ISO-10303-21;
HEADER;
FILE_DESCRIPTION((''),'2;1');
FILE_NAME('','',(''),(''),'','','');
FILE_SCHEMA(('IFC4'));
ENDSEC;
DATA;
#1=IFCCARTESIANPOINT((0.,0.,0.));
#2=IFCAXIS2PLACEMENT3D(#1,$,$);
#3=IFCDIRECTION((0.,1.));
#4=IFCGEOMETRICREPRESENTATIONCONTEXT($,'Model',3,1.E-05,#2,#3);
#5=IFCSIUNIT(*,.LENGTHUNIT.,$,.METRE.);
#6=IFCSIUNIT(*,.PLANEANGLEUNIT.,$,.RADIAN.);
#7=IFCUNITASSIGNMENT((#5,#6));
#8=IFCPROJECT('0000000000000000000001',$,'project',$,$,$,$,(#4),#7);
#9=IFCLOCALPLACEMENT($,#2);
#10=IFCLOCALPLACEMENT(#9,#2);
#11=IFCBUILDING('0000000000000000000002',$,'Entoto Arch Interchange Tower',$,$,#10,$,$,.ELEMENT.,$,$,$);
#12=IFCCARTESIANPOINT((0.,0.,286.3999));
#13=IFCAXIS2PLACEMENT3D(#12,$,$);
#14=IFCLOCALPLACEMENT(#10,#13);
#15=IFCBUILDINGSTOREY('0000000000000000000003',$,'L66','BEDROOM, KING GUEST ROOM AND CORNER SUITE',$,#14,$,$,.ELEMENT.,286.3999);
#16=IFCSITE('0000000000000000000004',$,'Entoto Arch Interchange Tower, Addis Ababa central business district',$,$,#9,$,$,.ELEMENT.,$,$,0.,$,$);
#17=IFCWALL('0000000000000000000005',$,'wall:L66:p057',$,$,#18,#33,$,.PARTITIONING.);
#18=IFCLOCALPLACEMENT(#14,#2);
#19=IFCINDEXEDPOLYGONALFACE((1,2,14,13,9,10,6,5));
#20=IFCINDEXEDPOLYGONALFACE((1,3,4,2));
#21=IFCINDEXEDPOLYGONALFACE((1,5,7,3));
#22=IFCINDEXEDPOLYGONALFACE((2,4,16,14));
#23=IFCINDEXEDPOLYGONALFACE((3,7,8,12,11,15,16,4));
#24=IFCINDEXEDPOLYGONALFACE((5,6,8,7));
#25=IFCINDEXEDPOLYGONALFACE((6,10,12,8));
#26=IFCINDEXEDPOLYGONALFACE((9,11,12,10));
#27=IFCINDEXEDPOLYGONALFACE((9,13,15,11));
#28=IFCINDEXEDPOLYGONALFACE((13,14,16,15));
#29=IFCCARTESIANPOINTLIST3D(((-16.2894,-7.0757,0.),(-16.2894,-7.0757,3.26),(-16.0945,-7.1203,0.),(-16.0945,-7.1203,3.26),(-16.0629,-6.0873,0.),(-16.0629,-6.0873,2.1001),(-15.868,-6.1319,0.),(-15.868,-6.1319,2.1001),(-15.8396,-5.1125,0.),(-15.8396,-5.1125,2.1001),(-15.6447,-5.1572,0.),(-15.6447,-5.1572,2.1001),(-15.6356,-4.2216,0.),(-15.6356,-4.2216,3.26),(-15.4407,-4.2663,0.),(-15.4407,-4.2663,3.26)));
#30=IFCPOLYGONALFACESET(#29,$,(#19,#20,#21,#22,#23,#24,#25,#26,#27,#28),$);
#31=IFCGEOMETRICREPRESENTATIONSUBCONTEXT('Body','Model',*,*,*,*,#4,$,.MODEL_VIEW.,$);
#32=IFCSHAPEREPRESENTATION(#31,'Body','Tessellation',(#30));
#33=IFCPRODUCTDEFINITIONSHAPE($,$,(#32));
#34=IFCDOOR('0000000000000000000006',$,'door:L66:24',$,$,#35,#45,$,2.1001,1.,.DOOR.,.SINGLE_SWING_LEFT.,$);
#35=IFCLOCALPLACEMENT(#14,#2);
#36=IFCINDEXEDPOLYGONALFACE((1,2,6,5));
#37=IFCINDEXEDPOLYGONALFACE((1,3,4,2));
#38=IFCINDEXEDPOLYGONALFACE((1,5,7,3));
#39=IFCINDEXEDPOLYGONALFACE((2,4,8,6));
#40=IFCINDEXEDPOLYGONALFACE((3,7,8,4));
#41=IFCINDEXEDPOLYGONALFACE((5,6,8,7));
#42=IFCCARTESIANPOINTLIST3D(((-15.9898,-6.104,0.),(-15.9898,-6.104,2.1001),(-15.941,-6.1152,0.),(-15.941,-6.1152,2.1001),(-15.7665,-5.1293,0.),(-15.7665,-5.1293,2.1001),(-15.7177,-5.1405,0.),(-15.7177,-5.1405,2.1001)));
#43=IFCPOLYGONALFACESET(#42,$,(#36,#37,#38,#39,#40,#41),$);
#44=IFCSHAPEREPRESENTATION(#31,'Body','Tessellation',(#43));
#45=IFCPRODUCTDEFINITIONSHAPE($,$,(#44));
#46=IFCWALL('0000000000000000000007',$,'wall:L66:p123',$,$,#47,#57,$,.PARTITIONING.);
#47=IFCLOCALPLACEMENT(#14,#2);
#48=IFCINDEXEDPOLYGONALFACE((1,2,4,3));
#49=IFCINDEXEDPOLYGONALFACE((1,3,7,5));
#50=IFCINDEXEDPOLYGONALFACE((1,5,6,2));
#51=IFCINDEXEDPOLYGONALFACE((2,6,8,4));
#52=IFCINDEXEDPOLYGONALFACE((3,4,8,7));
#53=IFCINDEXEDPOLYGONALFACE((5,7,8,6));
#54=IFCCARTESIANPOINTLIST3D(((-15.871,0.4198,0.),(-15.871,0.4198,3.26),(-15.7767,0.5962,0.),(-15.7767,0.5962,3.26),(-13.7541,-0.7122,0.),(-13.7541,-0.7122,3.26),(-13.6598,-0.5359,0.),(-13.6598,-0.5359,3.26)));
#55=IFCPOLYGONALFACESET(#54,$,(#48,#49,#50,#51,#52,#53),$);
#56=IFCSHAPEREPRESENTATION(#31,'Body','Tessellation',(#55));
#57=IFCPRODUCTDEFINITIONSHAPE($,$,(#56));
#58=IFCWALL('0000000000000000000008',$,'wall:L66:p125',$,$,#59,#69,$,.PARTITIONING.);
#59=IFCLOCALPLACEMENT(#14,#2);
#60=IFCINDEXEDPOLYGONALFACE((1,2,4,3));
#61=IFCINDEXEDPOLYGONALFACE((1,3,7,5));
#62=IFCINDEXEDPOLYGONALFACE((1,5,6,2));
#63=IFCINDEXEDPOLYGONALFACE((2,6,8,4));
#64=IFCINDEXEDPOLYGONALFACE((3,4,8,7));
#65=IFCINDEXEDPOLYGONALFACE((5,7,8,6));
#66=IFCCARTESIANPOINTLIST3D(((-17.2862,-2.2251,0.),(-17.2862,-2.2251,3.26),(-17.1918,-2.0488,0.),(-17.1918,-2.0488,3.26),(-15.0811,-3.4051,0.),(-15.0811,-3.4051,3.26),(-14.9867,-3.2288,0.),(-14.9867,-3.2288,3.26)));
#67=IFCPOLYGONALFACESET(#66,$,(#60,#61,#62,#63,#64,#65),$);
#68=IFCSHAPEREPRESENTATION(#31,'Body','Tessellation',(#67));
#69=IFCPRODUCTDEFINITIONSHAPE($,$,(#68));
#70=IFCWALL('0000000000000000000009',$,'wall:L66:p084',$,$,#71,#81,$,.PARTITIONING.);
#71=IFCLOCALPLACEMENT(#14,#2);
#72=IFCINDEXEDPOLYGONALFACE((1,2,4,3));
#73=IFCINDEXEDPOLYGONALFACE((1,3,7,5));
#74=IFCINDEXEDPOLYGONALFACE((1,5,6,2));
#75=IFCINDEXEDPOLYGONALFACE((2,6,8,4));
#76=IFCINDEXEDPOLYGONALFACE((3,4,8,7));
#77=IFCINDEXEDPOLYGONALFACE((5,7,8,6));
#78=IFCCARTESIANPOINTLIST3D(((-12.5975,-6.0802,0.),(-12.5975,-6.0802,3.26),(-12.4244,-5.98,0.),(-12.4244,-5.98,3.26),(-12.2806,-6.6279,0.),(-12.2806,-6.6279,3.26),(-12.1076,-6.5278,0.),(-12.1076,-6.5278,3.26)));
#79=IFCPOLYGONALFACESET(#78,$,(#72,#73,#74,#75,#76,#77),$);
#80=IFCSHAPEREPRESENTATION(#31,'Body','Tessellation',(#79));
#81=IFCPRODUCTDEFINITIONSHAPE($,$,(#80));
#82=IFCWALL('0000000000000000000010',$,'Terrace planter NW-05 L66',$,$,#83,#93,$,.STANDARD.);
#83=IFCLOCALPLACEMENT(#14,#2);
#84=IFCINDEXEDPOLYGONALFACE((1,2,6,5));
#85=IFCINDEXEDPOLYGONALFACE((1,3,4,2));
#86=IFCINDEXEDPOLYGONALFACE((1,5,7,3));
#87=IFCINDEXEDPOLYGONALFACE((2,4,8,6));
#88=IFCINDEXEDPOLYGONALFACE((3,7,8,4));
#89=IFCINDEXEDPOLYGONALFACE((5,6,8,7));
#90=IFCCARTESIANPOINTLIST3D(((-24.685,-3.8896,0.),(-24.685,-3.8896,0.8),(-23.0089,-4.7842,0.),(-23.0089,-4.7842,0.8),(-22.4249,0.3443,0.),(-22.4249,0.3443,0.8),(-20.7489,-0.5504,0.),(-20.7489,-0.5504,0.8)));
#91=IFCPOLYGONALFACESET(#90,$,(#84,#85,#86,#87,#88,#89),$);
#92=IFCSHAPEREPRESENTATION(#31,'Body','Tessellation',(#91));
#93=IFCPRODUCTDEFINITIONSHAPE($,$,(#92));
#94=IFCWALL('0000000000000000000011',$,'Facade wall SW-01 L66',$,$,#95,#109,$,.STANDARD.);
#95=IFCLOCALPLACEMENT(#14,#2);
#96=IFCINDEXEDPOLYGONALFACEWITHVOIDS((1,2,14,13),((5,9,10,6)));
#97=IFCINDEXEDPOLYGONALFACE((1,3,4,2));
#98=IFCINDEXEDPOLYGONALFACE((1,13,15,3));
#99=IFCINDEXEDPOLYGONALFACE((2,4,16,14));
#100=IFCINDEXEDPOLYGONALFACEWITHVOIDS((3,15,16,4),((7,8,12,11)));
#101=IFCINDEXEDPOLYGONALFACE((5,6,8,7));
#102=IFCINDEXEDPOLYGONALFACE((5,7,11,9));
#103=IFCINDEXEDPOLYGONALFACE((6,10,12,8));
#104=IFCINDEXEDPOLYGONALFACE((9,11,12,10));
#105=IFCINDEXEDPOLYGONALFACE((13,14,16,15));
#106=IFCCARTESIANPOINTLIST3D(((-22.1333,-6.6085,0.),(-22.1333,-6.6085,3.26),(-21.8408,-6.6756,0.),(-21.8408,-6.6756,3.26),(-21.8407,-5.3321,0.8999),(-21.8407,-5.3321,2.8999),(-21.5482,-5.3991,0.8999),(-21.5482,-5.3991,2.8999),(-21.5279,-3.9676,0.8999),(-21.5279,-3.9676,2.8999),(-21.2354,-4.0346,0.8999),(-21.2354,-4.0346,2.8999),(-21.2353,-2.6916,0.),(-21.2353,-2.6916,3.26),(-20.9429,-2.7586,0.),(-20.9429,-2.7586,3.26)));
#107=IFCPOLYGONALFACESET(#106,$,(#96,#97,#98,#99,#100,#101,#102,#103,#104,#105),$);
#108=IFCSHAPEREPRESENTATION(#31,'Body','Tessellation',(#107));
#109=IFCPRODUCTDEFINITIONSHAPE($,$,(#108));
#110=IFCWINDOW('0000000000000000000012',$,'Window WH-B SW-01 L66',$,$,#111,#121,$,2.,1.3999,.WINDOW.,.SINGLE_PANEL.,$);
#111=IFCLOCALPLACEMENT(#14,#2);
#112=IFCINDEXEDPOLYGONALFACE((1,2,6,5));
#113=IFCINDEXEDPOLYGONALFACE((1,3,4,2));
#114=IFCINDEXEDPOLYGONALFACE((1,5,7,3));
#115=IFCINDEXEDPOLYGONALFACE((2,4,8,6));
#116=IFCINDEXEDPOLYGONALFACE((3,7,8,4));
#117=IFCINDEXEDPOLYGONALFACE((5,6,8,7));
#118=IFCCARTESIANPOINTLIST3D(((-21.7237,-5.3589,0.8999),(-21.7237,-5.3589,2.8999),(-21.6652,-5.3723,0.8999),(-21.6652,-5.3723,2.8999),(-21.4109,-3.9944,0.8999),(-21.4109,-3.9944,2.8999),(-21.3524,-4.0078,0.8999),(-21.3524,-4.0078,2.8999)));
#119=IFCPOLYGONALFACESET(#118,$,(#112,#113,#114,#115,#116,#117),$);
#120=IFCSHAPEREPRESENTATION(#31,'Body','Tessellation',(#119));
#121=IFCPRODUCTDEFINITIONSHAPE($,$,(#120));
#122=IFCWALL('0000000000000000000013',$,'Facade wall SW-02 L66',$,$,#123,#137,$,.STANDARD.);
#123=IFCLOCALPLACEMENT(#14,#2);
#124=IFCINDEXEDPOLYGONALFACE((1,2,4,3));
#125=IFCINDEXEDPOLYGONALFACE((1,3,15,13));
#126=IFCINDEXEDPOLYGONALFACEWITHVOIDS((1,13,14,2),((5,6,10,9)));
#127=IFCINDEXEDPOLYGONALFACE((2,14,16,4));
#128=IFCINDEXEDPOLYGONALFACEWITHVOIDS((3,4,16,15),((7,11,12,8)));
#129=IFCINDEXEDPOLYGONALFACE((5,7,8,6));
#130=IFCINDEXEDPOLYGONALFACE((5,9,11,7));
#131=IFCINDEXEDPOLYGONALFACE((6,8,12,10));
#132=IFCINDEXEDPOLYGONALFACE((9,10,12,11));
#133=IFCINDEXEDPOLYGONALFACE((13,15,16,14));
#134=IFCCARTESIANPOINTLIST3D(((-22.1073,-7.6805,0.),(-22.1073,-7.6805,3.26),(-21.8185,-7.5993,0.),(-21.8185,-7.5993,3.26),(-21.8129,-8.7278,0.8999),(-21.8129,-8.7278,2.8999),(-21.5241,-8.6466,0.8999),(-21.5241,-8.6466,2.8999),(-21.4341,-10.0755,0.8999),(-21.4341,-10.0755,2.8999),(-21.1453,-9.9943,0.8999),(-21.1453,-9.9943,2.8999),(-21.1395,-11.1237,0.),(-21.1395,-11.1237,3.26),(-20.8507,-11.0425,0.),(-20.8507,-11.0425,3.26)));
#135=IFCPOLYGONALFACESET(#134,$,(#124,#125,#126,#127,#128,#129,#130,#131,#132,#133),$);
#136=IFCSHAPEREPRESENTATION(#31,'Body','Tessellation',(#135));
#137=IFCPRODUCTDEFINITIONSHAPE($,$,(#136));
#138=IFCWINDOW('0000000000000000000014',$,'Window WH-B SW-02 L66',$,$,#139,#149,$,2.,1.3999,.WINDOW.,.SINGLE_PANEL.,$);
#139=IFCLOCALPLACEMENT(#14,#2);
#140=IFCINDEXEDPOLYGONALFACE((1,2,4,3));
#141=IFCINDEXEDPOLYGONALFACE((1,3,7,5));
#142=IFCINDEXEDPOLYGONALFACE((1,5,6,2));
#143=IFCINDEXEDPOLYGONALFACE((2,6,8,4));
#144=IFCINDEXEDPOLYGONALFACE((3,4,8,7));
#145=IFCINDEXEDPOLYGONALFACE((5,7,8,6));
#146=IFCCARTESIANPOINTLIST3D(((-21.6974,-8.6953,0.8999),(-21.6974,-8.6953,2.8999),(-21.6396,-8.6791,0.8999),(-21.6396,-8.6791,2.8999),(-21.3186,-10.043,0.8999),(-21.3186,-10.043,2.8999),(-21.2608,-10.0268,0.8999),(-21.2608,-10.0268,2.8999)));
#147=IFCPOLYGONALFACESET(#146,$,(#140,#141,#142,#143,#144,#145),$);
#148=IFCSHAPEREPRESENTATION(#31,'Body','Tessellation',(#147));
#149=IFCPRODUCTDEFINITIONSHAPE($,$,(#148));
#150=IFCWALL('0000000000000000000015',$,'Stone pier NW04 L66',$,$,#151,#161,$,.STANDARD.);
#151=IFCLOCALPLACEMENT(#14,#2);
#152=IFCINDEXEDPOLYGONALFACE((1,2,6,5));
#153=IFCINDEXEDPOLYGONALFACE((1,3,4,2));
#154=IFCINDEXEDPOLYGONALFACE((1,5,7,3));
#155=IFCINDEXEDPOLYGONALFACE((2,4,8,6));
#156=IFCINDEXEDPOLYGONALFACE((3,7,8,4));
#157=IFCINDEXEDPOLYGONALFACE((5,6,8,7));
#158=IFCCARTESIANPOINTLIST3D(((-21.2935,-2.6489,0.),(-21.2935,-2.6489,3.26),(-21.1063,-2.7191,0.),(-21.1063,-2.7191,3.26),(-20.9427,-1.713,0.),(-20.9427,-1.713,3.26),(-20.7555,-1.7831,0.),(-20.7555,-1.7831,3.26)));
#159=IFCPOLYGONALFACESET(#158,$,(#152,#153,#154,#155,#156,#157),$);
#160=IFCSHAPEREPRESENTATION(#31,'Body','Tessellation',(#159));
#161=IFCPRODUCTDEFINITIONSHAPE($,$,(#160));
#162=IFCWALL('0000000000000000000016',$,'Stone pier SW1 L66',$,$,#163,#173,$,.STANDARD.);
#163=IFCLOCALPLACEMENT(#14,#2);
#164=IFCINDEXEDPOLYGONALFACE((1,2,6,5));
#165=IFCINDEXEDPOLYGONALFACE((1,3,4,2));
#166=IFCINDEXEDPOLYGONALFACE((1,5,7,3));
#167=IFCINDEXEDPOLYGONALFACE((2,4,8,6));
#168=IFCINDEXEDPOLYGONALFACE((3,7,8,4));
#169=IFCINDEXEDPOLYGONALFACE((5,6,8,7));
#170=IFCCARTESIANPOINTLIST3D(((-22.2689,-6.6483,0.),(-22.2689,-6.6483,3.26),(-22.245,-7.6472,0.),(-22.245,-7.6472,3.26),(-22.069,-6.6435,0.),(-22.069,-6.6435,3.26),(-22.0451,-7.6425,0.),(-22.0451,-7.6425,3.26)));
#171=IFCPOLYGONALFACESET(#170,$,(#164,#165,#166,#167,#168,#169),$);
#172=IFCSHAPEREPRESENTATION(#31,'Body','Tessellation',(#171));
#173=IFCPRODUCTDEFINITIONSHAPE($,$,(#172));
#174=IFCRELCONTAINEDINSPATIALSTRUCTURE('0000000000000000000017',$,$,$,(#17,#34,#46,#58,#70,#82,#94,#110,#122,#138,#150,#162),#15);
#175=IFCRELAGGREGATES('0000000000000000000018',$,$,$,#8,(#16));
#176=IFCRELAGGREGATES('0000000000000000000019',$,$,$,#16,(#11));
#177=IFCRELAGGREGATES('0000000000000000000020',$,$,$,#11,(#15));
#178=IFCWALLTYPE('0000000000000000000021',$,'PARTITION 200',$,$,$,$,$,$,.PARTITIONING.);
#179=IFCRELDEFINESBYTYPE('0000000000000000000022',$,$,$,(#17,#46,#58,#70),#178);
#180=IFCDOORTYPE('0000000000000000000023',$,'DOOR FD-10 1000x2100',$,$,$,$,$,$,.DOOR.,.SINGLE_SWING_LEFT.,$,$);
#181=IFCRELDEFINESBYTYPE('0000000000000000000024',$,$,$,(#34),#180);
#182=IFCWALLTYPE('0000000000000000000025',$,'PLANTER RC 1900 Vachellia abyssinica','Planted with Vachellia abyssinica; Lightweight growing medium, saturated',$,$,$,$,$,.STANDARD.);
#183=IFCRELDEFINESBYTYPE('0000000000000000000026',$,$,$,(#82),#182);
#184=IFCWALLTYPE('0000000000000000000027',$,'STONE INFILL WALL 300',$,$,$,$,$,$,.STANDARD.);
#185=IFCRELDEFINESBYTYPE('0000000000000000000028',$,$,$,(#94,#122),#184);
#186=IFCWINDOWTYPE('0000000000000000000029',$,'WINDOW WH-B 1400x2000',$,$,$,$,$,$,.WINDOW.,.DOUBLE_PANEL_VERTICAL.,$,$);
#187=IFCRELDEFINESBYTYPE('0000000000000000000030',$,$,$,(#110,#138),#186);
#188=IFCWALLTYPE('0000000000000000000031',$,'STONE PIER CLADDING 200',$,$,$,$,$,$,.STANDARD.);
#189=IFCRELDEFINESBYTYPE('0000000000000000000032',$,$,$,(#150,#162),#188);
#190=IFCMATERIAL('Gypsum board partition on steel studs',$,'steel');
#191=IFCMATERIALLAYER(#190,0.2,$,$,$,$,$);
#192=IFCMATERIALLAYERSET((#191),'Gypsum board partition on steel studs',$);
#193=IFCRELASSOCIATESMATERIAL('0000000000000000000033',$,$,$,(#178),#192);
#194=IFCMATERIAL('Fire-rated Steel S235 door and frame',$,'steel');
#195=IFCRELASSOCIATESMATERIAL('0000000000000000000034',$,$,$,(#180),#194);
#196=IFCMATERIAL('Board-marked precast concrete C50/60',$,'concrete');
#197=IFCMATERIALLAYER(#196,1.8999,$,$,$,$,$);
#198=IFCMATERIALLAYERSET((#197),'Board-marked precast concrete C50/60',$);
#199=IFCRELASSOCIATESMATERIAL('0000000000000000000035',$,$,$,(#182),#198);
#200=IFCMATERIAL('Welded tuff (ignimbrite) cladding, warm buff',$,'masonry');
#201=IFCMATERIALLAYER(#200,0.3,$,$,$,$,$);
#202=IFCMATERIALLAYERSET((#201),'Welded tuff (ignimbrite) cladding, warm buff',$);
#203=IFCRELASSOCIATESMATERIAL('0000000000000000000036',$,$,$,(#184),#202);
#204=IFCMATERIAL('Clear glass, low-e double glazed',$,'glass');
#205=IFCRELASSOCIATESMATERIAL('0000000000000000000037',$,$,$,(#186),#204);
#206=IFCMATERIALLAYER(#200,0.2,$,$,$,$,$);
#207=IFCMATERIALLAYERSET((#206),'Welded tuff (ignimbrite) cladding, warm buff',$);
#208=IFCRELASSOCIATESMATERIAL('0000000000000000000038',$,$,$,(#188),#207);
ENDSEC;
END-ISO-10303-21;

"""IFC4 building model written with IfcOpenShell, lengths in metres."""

from ifc_helpers import new_model, si_unit, direction, frame, frame_2d, origin, place, context, subcontext, project, spatial, rectangle, extrude, material, layer, layer_set, type_object, element, fill, save


model = new_model("IFC4")

# Units and contexts
model_context = context("Model", 3, precision=1e-05, world=origin(), true_north=direction((0.0, 1.0)))
body_context = subcontext(model_context, "Body", "Model", "MODEL_VIEW")
ifc_project = project(units=[si_unit("LENGTHUNIT", "METRE"), si_unit("PLANEANGLEUNIT", "RADIAN")], contexts=[model_context])

# Site, building, storey
site_placement = place(None, origin())
site = spatial("IfcSite", under=ifc_project, at=site_placement, Name="Entoto Arch Interchange Tower, Addis Ababa central business district", CompositionType="ELEMENT", RefElevation=0.0)
building_placement = place(site_placement, origin())
building = spatial("IfcBuilding", under=site, at=building_placement, Name="Entoto Arch Interchange Tower", CompositionType="ELEMENT")
storey_placement = place(building_placement, frame((0.0, 0.0, 286.3999)))
storey = spatial("IfcBuildingStorey", under=building, at=storey_placement, Name="L66", Description="BEDROOM, KING GUEST ROOM AND CORNER SUITE", CompositionType="ELEMENT", Elevation=286.3999)

# Shared definitions
ifc_material_1 = material(Name="Gypsum board partition on steel studs", Category="steel")
ifc_layer_1 = layer(ifc_material_1, 0.2)
ifc_layer_set_1 = layer_set([ifc_layer_1], Name="Gypsum board partition on steel studs")
wall_type_1 = type_object("IfcWallType", Name="PARTITION 200", PredefinedType="PARTITIONING", material=ifc_layer_set_1)

# Shared definitions
ifc_material_2 = material(Name="Fire-rated Steel S235 door and frame", Category="steel")
door_type = type_object("IfcDoorType", Name="DOOR FD-10 1000x2100", OperationType="SINGLE_SWING_LEFT", PredefinedType="DOOR", material=ifc_material_2)

# Wall, opening, door
wall_1_placement = place(storey_placement, frame((-16.1919, -7.0979, 0.0), z_axis=(0.0, 0.0, 1.0), x_axis=(0.2233, 0.97475, 0.0)))
wall_1 = element("IfcWall", 1, at=wall_1_placement, inside=storey, type_object=wall_type_1, Name="wall:L66:p057", PredefinedType="PARTITIONING", context=body_context, shape_type="SweptSolid", body=[
    extrude(rectangle(XDim=2.928, YDim=0.2, at=frame_2d((1.4639, 0.0))), origin(), (0.0, 0.0, 1.0), 3.26),
])
opening_1_placement = place(wall_1_placement, frame((1.0139, 0.0, 0.0)))
opening_1 = element("IfcOpeningElement", 2, at=opening_1_placement, cuts=wall_1, PredefinedType="OPENING", context=body_context, shape_type="SweptSolid", body=[
    extrude(rectangle(XDim=1.0, YDim=2.1001, at=frame_2d((0.5, 1.05))), frame((0.0, 0.1099, 0.0), z_axis=(0.0, -1.0, 0.0), x_axis=(1.0, 0.0, 0.0)), (0.0, 0.0, 1.0), 0.22),
])
door_1_placement = place(opening_1_placement, origin())
door_1 = element("IfcDoor", 3, at=door_1_placement, inside=storey, type_object=door_type, Name="door:L66:24", OperationType="SINGLE_SWING_LEFT", OverallHeight=2.1001, OverallWidth=1.0, PredefinedType="DOOR", context=body_context, shape_type="SweptSolid", body=[
    extrude(rectangle(XDim=1.0, YDim=2.1001, at=frame_2d((0.5, 1.05))), frame((0.0, 0.0249, 0.0), z_axis=(0.0, -1.0, 0.0), x_axis=(1.0, 0.0, 0.0)), (0.0, 0.0, 1.0), 0.05),
])
fill(opening_1, door_1)

# Walls
wall_2_placement = place(storey_placement, frame((-13.707, -0.624, 0.0), z_axis=(0.0, 0.0, 1.0), x_axis=(-0.881826, 0.471575, 0.0)))
element("IfcWall", 4, at=wall_2_placement, inside=storey, type_object=wall_type_1, Name="wall:L66:p123", PredefinedType="PARTITIONING", context=body_context, shape_type="SweptSolid", body=[
    extrude(rectangle(XDim=2.4006, YDim=0.2, at=frame_2d((1.2002, 0.0))), origin(), (0.0, 0.0, 1.0), 3.26),
])
wall_3_placement = place(storey_placement, frame((-17.239, -2.137, 0.0), z_axis=(0.0, 0.0, 1.0), x_axis=(0.881706, -0.471799, 0.0)))
element("IfcWall", 5, at=wall_3_placement, inside=storey, type_object=wall_type_1, Name="wall:L66:p125", PredefinedType="PARTITIONING", context=body_context, shape_type="SweptSolid", body=[
    extrude(rectangle(XDim=2.501, YDim=0.2, at=frame_2d((1.2505, 0.0))), origin(), (0.0, 0.0, 1.0), 3.26),
])
wall_4_placement = place(storey_placement, frame((-12.1941, -6.5779, 0.0), z_axis=(0.0, 0.0, 1.0), x_axis=(-0.500702, 0.86562, 0.0)))
element("IfcWall", 6, at=wall_4_placement, inside=storey, type_object=wall_type_1, Name="wall:L66:p084", PredefinedType="PARTITIONING", context=body_context, shape_type="SweptSolid", body=[
    extrude(rectangle(XDim=0.6328, YDim=0.2, at=frame_2d((0.3164, 0.0))), origin(), (0.0, 0.0, 1.0), 3.26),
])
ifc_material_3 = material(Name="Board-marked precast concrete C50/60", Category="concrete")
ifc_layer_2 = layer(ifc_material_3, 1.8999)
ifc_layer_set_2 = layer_set([ifc_layer_2], Name="Board-marked precast concrete C50/60")
wall_type_2 = type_object("IfcWallType", Name="PLANTER RC 1900 Vachellia abyssinica", Description="Planted with Vachellia abyssinica; Lightweight growing medium, saturated", PredefinedType="STANDARD", material=ifc_layer_set_2)
wall_5_placement = place(storey_placement, frame((-21.5869, -0.103, 0.0), z_axis=(0.0, 0.0, 1.0), x_axis=(-0.470902, -0.882185, 0.0)))
element("IfcWall", 7, at=wall_5_placement, inside=storey, type_object=wall_type_2, Name="Terrace planter NW-05 L66", PredefinedType="STANDARD", context=body_context, shape_type="SweptSolid", body=[
    extrude(rectangle(XDim=4.7993, YDim=1.8999, at=frame_2d((2.3997, 0.0))), origin(), (0.0, 0.0, 1.0), 0.8),
])

# Walls, openings, windows
ifc_material_4 = material(Name="Welded tuff (ignimbrite) cladding, warm buff", Category="masonry")
ifc_layer_3 = layer(ifc_material_4, 0.3)
ifc_layer_set_3 = layer_set([ifc_layer_3], Name="Welded tuff (ignimbrite) cladding, warm buff")
wall_type_3 = type_object("IfcWallType", Name="STONE INFILL WALL 300", PredefinedType="STANDARD", material=ifc_layer_set_3)
wall_6_placement = place(storey_placement, frame((-21.0891, -2.7251, 0.0), z_axis=(0.0, 0.0, 1.0), x_axis=(-0.223448, -0.974716, 0.0)))
wall_6 = element("IfcWall", 8, at=wall_6_placement, inside=storey, type_object=wall_type_3, Name="Facade wall SW-01 L66", PredefinedType="STANDARD", context=body_context, shape_type="SweptSolid", body=[
    extrude(rectangle(XDim=4.0186, YDim=0.3, at=frame_2d((2.0093, 0.0))), origin(), (0.0, 0.0, 1.0), 3.26),
])
opening_2_placement = place(wall_6_placement, frame((1.3091, 0.0, 0.8999)))
opening_2 = element("IfcOpeningElement", 9, at=opening_2_placement, cuts=wall_6, PredefinedType="OPENING", context=body_context, shape_type="SweptSolid", body=[
    extrude(rectangle(XDim=1.3999, YDim=2.0, at=frame_2d((0.7, 1.0))), frame((0.0, 0.1602, 0.0), z_axis=(0.0, -1.0, 0.0), x_axis=(1.0, 0.0, 0.0)), (0.0, 0.0, 1.0), 0.3201),
])
ifc_material_5 = material(Name="Clear glass, low-e double glazed", Category="glass")
window_type = type_object("IfcWindowType", Name="WINDOW WH-B 1400x2000", PartitioningType="DOUBLE_PANEL_VERTICAL", PredefinedType="WINDOW", material=ifc_material_5)
window_1_placement = place(opening_2_placement, origin())
window_1 = element("IfcWindow", 10, at=window_1_placement, inside=storey, type_object=window_type, Name="Window WH-B SW-01 L66", OverallHeight=2.0, OverallWidth=1.3999, PartitioningType="SINGLE_PANEL", PredefinedType="WINDOW", context=body_context, shape_type="SweptSolid", body=[
    extrude(rectangle(XDim=1.3999, YDim=2.0, at=frame_2d((0.7, 1.0))), frame((0.0, 0.03, 0.0), z_axis=(0.0, -1.0, 0.0), x_axis=(1.0, 0.0, 0.0)), (0.0, 0.0, 1.0), 0.0601),
])
fill(opening_2, window_1)
wall_7_placement = place(storey_placement, frame((-21.9629, -7.6399, 0.0), z_axis=(0.0, 0.0, 1.0), x_axis=(0.270589, -0.962695, 0.0)))
wall_7 = element("IfcWall", 11, at=wall_7_placement, inside=storey, type_object=wall_type_3, Name="Facade wall SW-02 L66", PredefinedType="STANDARD", context=body_context, shape_type="SweptSolid", body=[
    extrude(rectangle(XDim=3.5767, YDim=0.3, at=frame_2d((1.7883, 0.0))), origin(), (0.0, 0.0, 1.0), 3.26),
])
opening_3_placement = place(wall_7_placement, frame((1.0879, 0.0, 0.8999)))
opening_3 = element("IfcOpeningElement", 12, at=opening_3_placement, cuts=wall_7, PredefinedType="OPENING", context=body_context, shape_type="SweptSolid", body=[
    extrude(rectangle(XDim=1.3999, YDim=2.0, at=frame_2d((0.7, 1.0))), frame((0.0, 0.1602, 0.0), z_axis=(0.0, -1.0, 0.0), x_axis=(1.0, 0.0, 0.0)), (0.0, 0.0, 1.0), 0.3201),
])
window_2_placement = place(opening_3_placement, origin())
window_2 = element("IfcWindow", 13, at=window_2_placement, inside=storey, type_object=window_type, Name="Window WH-B SW-02 L66", OverallHeight=2.0, OverallWidth=1.3999, PartitioningType="SINGLE_PANEL", PredefinedType="WINDOW", context=body_context, shape_type="SweptSolid", body=[
    extrude(rectangle(XDim=1.3999, YDim=2.0, at=frame_2d((0.7, 1.0))), frame((0.0, 0.03, 0.0), z_axis=(0.0, -1.0, 0.0), x_axis=(1.0, 0.0, 0.0)), (0.0, 0.0, 1.0), 0.0601),
])
fill(opening_3, window_2)

# Walls
ifc_layer_4 = layer(ifc_material_4, 0.2)
ifc_layer_set_4 = layer_set([ifc_layer_4], Name="Welded tuff (ignimbrite) cladding, warm buff")
wall_type_4 = type_object("IfcWallType", Name="STONE PIER CLADDING 200", PredefinedType="STANDARD", material=ifc_layer_set_4)
wall_8_placement = place(storey_placement, frame((-20.8491, -1.748, 0.0), z_axis=(0.0, 0.0, 1.0), x_axis=(-0.350963, -0.936389, 0.0)))
element("IfcWall", 14, at=wall_8_placement, inside=storey, type_object=wall_type_4, Name="Stone pier NW04 L66", PredefinedType="STANDARD", context=body_context, shape_type="SweptSolid", body=[
    extrude(rectangle(XDim=0.9995, YDim=0.2, at=frame_2d((0.4998, 0.0))), origin(), (0.0, 0.0, 1.0), 3.26),
])
wall_9_placement = place(storey_placement, frame((-22.1689, -6.646, 0.0), z_axis=(0.0, 0.0, 1.0), x_axis=(0.023942, -0.999713, 0.0)))
element("IfcWall", 15, at=wall_9_placement, inside=storey, type_object=wall_type_4, Name="Stone pier SW1 L66", PredefinedType="STANDARD", context=body_context, shape_type="SweptSolid", body=[
    extrude(rectangle(XDim=0.9993, YDim=0.2, at=frame_2d((0.4995, 0.0))), origin(), (0.0, 0.0, 1.0), 3.26),
])

save(model, "model.ifc")
